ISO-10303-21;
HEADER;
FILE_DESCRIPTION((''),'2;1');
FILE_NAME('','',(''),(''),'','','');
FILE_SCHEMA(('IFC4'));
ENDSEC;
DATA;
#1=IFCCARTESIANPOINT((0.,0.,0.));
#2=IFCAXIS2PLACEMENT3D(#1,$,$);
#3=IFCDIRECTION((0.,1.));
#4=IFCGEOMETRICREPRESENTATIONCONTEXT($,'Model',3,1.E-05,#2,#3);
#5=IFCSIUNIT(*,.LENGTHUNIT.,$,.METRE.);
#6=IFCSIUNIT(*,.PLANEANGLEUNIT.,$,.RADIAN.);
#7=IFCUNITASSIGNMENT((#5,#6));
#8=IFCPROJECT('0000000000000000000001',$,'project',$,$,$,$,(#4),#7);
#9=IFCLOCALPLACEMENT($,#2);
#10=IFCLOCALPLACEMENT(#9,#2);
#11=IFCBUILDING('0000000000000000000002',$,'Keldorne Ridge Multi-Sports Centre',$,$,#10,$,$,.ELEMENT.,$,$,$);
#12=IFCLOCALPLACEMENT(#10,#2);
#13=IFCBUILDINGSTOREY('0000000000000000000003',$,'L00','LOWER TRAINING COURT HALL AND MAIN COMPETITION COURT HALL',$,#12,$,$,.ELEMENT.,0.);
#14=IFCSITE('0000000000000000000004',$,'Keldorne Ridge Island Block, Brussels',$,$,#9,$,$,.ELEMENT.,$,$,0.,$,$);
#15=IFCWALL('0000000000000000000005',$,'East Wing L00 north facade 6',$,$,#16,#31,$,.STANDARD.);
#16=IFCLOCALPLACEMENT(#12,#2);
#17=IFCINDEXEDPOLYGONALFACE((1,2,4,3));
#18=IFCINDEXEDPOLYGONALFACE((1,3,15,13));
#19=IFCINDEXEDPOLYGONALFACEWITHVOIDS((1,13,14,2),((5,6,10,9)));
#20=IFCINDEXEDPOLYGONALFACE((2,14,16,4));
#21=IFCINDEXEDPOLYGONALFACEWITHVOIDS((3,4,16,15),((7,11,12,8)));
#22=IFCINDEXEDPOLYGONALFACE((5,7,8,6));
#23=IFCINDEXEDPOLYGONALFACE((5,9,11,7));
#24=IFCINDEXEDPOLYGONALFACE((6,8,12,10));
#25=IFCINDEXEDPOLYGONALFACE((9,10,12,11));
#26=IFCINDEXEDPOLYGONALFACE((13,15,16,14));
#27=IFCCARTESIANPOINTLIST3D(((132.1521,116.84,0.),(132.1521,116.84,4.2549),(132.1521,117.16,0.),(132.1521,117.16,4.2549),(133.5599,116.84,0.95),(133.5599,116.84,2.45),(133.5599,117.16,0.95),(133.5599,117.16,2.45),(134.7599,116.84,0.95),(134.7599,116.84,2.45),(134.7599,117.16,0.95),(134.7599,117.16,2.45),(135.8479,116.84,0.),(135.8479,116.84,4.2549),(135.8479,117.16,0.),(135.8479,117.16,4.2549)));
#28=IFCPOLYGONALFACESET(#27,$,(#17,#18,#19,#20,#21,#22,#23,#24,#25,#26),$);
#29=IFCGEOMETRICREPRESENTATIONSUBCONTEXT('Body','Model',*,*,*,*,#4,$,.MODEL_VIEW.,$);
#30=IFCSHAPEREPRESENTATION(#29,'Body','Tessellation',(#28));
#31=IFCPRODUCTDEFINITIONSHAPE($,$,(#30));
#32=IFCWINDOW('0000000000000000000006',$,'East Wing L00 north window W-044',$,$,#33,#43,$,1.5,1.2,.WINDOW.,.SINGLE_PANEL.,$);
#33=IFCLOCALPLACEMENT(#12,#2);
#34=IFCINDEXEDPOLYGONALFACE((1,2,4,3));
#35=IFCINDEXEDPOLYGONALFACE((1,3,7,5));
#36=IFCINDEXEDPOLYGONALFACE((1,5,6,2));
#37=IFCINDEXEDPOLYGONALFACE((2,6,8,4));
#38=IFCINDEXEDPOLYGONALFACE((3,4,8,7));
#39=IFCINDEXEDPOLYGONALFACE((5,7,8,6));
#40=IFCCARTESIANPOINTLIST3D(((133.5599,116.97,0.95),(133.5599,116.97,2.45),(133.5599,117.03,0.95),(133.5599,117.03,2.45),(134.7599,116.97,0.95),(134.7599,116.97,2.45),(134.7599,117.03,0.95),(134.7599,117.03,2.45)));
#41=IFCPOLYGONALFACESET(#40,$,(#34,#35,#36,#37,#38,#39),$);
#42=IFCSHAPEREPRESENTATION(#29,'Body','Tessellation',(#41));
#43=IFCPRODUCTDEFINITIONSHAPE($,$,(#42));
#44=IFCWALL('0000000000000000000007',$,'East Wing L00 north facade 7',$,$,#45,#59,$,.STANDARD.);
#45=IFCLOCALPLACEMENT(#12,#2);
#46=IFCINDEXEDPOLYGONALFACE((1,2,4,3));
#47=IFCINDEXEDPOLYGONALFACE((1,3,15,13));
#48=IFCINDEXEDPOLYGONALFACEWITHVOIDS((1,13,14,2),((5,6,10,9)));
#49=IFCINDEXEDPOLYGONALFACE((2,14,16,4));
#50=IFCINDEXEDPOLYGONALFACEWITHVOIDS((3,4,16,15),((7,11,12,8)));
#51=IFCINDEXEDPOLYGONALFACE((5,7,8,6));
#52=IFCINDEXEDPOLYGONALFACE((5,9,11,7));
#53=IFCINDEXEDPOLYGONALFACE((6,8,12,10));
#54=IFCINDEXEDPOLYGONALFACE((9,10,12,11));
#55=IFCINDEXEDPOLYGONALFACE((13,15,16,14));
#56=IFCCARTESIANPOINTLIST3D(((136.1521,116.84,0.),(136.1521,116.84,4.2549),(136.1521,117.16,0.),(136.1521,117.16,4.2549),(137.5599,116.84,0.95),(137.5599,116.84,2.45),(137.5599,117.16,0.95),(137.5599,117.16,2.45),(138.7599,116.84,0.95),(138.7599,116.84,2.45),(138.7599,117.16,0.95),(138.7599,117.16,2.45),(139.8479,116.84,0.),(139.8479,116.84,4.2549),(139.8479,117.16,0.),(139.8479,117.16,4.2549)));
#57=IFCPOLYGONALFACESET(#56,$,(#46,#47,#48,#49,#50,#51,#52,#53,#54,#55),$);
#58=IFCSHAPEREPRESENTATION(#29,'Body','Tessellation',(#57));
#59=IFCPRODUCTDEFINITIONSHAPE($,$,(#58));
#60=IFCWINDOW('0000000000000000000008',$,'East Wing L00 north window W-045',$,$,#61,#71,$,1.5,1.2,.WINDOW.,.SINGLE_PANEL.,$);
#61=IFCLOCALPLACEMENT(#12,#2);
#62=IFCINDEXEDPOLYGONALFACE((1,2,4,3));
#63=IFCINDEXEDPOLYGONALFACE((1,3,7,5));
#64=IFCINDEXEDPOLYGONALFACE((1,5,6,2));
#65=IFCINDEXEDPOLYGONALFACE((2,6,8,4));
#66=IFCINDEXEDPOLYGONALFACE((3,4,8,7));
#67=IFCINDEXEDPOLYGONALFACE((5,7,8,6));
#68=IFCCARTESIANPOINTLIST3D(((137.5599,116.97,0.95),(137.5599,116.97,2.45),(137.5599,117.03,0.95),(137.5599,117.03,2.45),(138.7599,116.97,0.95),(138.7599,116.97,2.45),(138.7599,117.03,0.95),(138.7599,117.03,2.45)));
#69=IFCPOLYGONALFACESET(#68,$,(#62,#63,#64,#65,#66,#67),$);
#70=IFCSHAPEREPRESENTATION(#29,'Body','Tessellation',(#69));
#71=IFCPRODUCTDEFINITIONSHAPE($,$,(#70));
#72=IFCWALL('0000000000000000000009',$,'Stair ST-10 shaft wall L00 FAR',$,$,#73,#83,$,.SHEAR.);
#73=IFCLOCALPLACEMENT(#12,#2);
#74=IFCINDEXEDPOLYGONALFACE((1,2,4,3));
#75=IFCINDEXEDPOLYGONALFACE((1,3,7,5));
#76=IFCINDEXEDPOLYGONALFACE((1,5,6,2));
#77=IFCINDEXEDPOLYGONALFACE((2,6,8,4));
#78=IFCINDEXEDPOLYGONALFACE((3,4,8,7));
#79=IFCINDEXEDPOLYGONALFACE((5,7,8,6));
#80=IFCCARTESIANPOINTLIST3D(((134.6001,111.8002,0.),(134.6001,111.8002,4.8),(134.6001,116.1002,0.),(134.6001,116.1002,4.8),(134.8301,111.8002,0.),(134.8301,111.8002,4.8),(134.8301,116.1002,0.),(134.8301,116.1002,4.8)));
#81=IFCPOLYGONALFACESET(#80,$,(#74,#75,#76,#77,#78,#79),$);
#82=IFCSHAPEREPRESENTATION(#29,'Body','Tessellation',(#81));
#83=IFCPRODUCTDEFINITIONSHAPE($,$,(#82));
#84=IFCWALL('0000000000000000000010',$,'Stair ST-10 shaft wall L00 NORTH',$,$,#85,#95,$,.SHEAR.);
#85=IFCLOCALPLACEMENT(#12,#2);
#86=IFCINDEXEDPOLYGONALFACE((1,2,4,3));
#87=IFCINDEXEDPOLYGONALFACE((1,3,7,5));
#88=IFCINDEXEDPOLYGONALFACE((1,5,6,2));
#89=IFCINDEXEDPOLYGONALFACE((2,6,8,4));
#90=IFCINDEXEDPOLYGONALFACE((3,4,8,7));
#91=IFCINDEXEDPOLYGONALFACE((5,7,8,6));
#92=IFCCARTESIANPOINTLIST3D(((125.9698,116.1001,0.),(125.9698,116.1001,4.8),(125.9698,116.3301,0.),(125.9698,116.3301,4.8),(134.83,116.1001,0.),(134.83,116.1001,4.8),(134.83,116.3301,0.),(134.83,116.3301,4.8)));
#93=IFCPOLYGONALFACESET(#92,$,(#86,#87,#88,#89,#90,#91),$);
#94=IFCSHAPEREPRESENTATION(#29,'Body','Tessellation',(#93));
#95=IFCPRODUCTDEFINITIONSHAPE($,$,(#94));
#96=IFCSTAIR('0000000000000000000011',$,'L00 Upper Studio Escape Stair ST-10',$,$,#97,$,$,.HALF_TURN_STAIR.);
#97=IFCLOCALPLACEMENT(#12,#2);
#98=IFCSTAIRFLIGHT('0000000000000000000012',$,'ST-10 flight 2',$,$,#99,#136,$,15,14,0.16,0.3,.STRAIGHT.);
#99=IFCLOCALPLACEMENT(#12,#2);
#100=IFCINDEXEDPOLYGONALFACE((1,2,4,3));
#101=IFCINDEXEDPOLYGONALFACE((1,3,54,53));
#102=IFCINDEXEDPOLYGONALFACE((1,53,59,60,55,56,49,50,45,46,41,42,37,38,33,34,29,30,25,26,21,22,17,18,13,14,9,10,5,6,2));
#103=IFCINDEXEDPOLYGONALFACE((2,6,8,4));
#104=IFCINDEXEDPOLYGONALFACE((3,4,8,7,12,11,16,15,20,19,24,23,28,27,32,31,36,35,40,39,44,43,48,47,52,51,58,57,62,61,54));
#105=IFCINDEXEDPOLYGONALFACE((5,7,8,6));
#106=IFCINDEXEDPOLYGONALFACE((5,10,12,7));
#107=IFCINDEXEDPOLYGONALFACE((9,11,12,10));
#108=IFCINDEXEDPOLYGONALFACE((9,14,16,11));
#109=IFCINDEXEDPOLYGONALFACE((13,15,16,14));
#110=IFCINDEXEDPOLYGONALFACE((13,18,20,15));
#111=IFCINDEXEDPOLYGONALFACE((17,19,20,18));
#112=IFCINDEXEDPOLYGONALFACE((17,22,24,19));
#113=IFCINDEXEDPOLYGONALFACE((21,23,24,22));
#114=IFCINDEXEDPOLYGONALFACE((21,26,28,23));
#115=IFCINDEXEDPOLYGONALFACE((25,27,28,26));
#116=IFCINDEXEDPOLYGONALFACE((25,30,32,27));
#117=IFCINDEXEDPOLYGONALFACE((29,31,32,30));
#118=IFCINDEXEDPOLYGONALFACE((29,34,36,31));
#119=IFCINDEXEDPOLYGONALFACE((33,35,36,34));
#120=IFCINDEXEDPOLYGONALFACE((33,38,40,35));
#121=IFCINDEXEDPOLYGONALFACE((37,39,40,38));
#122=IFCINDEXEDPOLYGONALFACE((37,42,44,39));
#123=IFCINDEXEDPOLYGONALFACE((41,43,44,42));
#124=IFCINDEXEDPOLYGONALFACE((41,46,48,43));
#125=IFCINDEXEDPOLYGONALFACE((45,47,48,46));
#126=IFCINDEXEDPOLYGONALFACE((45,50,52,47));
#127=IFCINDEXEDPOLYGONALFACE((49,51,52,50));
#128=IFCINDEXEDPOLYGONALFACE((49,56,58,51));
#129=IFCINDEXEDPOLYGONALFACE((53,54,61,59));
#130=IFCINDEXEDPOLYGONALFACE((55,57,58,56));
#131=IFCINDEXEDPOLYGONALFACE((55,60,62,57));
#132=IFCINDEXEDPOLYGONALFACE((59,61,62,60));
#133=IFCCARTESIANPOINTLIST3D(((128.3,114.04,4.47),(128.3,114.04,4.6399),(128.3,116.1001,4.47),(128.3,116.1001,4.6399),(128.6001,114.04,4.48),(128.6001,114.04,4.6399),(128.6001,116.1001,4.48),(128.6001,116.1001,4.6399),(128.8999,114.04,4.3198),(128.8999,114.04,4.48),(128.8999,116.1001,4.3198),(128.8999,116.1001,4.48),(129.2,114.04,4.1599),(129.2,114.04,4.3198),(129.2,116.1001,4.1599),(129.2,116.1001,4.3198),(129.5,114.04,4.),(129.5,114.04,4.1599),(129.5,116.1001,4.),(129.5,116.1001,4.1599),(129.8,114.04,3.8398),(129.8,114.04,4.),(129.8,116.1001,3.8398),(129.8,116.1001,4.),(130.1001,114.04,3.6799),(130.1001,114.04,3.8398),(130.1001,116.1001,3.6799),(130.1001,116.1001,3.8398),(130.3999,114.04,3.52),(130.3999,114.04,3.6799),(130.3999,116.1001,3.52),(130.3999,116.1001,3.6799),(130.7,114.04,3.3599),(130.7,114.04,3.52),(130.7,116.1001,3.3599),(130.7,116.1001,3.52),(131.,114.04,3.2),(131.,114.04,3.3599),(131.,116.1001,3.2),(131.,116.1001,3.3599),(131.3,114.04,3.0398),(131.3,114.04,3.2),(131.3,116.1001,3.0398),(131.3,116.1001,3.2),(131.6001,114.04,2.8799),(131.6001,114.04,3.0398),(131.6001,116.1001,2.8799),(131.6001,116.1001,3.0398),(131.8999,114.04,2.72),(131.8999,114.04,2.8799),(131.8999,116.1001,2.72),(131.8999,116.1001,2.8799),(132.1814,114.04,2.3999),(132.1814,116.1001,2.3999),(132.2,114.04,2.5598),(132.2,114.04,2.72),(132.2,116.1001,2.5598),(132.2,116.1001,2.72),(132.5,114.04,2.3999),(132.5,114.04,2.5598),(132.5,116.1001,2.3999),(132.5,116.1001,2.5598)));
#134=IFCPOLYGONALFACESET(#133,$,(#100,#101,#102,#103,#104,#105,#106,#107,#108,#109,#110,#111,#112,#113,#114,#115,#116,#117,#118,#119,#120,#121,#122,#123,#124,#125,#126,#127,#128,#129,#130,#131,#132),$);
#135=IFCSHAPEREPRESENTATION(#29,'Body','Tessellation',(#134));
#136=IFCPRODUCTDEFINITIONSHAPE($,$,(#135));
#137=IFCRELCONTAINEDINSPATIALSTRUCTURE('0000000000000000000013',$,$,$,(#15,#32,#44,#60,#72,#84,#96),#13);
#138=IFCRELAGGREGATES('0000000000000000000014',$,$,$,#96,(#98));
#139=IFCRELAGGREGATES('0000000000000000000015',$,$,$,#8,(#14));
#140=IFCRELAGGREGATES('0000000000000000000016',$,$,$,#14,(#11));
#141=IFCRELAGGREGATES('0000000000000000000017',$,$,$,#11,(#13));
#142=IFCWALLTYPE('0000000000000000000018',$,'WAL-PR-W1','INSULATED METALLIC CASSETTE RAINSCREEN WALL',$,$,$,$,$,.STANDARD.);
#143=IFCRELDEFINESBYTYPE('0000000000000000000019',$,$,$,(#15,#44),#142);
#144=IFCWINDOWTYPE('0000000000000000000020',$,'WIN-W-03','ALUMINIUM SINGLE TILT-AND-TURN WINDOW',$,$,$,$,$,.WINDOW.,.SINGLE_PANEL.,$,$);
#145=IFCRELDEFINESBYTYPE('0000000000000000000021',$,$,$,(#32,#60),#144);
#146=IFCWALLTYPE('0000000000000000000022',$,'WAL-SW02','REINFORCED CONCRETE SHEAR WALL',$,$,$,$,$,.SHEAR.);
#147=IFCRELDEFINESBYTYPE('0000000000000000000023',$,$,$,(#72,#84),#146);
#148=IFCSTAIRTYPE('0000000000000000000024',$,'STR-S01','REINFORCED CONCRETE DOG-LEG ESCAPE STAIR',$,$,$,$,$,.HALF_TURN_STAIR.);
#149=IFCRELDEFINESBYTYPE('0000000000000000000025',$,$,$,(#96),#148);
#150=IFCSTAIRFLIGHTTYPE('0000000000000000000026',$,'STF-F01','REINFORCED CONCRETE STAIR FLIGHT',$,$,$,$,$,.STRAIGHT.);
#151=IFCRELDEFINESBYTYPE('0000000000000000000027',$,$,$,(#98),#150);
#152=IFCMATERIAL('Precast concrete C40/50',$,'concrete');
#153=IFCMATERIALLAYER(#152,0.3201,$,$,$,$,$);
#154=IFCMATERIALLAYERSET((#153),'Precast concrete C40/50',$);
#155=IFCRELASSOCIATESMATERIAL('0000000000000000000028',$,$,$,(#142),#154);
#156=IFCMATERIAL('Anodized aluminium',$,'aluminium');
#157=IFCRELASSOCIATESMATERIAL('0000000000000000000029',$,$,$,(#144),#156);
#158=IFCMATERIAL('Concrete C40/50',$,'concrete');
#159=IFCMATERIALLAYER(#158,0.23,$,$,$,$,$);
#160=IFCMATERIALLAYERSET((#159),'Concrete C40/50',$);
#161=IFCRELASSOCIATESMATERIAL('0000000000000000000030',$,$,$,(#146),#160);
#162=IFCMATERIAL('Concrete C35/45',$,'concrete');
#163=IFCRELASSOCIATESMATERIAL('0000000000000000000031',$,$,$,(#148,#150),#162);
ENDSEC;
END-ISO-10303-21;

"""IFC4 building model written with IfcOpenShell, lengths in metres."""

from ifc_helpers import new_model, si_unit, direction, frame, frame_2d, origin, place, context, subcontext, project, spatial, polyline, rectangle, outline, extrude, material, layer, layer_set, type_object, element, fill, aggregate, save


model = new_model("IFC4")

# Units and contexts
model_context = context("Model", 3, precision=1e-05, world=origin(), true_north=direction((0.0, 1.0)))
body_context = subcontext(model_context, "Body", "Model", "MODEL_VIEW")
ifc_project = project(units=[si_unit("LENGTHUNIT", "METRE"), si_unit("PLANEANGLEUNIT", "RADIAN")], contexts=[model_context])

# Site, building, storey
site_placement = place(None, origin())
site = spatial("IfcSite", under=ifc_project, at=site_placement, Name="Keldorne Ridge Island Block, Brussels", CompositionType="ELEMENT", RefElevation=0.0)
building_placement = place(site_placement, origin())
building = spatial("IfcBuilding", under=site, at=building_placement, Name="Keldorne Ridge Multi-Sports Centre", CompositionType="ELEMENT")
storey_placement = place(building_placement, origin())
storey = spatial("IfcBuildingStorey", under=building, at=storey_placement, Name="L00", Description="LOWER TRAINING COURT HALL AND MAIN COMPETITION COURT HALL", CompositionType="ELEMENT", Elevation=0.0)

# Walls, openings, windows
ifc_material_1 = material(Name="Precast concrete C40/50", Category="concrete")
ifc_layer_1 = layer(ifc_material_1, 0.3201)
ifc_layer_set_1 = layer_set([ifc_layer_1], Name="Precast concrete C40/50")
wall_type_1 = type_object("IfcWallType", Name="WAL-PR-W1", Description="INSULATED METALLIC CASSETTE RAINSCREEN WALL", PredefinedType="STANDARD", material=ifc_layer_set_1)
wall_1_placement = place(storey_placement, frame((135.8479, 117.0, 0.0), z_axis=(0.0, 0.0, 1.0), x_axis=(-1.0, 0.0, 0.0)))
wall_1 = element("IfcWall", 1, at=wall_1_placement, inside=storey, type_object=wall_type_1, Name="East Wing L00 north facade 6", PredefinedType="STANDARD", context=body_context, shape_type="SweptSolid", body=[
    extrude(rectangle(XDim=3.6958, YDim=0.3201, at=frame_2d((1.8479, 0.0))), origin(), (0.0, 0.0, 1.0), 4.2549),
])
opening_1_placement = place(wall_1_placement, frame((1.0879, 0.0, 0.95)))
opening_1 = element("IfcOpeningElement", 2, at=opening_1_placement, cuts=wall_1, PredefinedType="OPENING", context=body_context, shape_type="SweptSolid", body=[
    extrude(rectangle(XDim=1.2, YDim=1.5, at=frame_2d((0.6001, 0.75))), frame((0.0, 0.1699, 0.0), z_axis=(0.0, -1.0, 0.0), x_axis=(1.0, 0.0, 0.0)), (0.0, 0.0, 1.0), 0.3401),
])
ifc_material_2 = material(Name="Anodized aluminium", Category="aluminium")
window_type = type_object("IfcWindowType", Name="WIN-W-03", Description="ALUMINIUM SINGLE TILT-AND-TURN WINDOW", PartitioningType="SINGLE_PANEL", PredefinedType="WINDOW", material=ifc_material_2)
window_1_placement = place(opening_1_placement, origin())
window_1 = element("IfcWindow", 3, at=window_1_placement, inside=storey, type_object=window_type, Name="East Wing L00 north window W-044", OverallHeight=1.5, OverallWidth=1.2, PartitioningType="SINGLE_PANEL", PredefinedType="WINDOW", context=body_context, shape_type="SweptSolid", body=[
    extrude(rectangle(XDim=1.2, YDim=1.5, at=frame_2d((0.6001, 0.75))), frame((0.0, 0.03, 0.0), z_axis=(0.0, -1.0, 0.0), x_axis=(1.0, 0.0, 0.0)), (0.0, 0.0, 1.0), 0.0601),
])
fill(opening_1, window_1)
wall_2_placement = place(storey_placement, frame((139.8479, 117.0, 0.0), z_axis=(0.0, 0.0, 1.0), x_axis=(-1.0, 0.0, 0.0)))
wall_2 = element("IfcWall", 4, at=wall_2_placement, inside=storey, type_object=wall_type_1, Name="East Wing L00 north facade 7", PredefinedType="STANDARD", context=body_context, shape_type="SweptSolid", body=[
    extrude(rectangle(XDim=3.6958, YDim=0.3201, at=frame_2d((1.8479, 0.0))), origin(), (0.0, 0.0, 1.0), 4.2549),
])
opening_2_placement = place(wall_2_placement, frame((1.0879, 0.0, 0.95)))
opening_2 = element("IfcOpeningElement", 5, at=opening_2_placement, cuts=wall_2, PredefinedType="OPENING", context=body_context, shape_type="SweptSolid", body=[
    extrude(rectangle(XDim=1.2, YDim=1.5, at=frame_2d((0.6001, 0.75))), frame((0.0, 0.1699, 0.0), z_axis=(0.0, -1.0, 0.0), x_axis=(1.0, 0.0, 0.0)), (0.0, 0.0, 1.0), 0.3401),
])
window_2_placement = place(opening_2_placement, origin())
window_2 = element("IfcWindow", 6, at=window_2_placement, inside=storey, type_object=window_type, Name="East Wing L00 north window W-045", OverallHeight=1.5, OverallWidth=1.2, PartitioningType="SINGLE_PANEL", PredefinedType="WINDOW", context=body_context, shape_type="SweptSolid", body=[
    extrude(rectangle(XDim=1.2, YDim=1.5, at=frame_2d((0.6001, 0.75))), frame((0.0, 0.03, 0.0), z_axis=(0.0, -1.0, 0.0), x_axis=(1.0, 0.0, 0.0)), (0.0, 0.0, 1.0), 0.0601),
])
fill(opening_2, window_2)

# Walls
ifc_material_3 = material(Name="Concrete C40/50", Category="concrete")
ifc_layer_2 = layer(ifc_material_3, 0.23)
ifc_layer_set_2 = layer_set([ifc_layer_2], Name="Concrete C40/50")
wall_type_2 = type_object("IfcWallType", Name="WAL-SW02", Description="REINFORCED CONCRETE SHEAR WALL", PredefinedType="SHEAR", material=ifc_layer_set_2)
wall_3_placement = place(storey_placement, frame((134.7151, 116.1001, 0.0), z_axis=(0.0, 0.0, 1.0), x_axis=(0.0, -1.0, 0.0)))
element("IfcWall", 7, at=wall_3_placement, inside=storey, type_object=wall_type_2, Name="Stair ST-10 shaft wall L00 FAR", PredefinedType="SHEAR", context=body_context, shape_type="SweptSolid", body=[
    extrude(rectangle(XDim=4.3, YDim=0.23, at=frame_2d((2.1499, 0.0))), origin(), (0.0, 0.0, 1.0), 4.8),
])
wall_4_placement = place(storey_placement, frame((134.8301, 116.2151, 0.0), z_axis=(0.0, 0.0, 1.0), x_axis=(-1.0, 0.0, 0.0)))
element("IfcWall", 8, at=wall_4_placement, inside=storey, type_object=wall_type_2, Name="Stair ST-10 shaft wall L00 NORTH", PredefinedType="SHEAR", context=body_context, shape_type="SweptSolid", body=[
    extrude(rectangle(XDim=8.8601, YDim=0.23, at=frame_2d((4.4302, 0.0))), origin(), (0.0, 0.0, 1.0), 4.8),
])

# Stair, stair flight
ifc_material_4 = material(Name="Concrete C35/45", Category="concrete")
stair_type = type_object("IfcStairType", Name="STR-S01", Description="REINFORCED CONCRETE DOG-LEG ESCAPE STAIR", PredefinedType="HALF_TURN_STAIR", material=ifc_material_4)
stair_placement = place(storey_placement, origin())
stair = element("IfcStair", 9, at=stair_placement, inside=storey, type_object=stair_type, Name="L00 Upper Studio Escape Stair ST-10", PredefinedType="HALF_TURN_STAIR")
stair_flight_type = type_object("IfcStairFlightType", Name="STF-F01", Description="REINFORCED CONCRETE STAIR FLIGHT", PredefinedType="STRAIGHT", material=ifc_material_4)
stair_flight_placement = place(storey_placement, frame((132.5, 115.0701, 2.3999), z_axis=(0.0, 0.0, 1.0), x_axis=(-1.0, 0.0, 0.0)))
stair_flight = element("IfcStairFlight", 10, at=stair_flight_placement, type_object=stair_flight_type, Name="ST-10 flight 2", NumberOfRisers=15, NumberOfTreads=14, PredefinedType="STRAIGHT", RiserHeight=0.16, TreadLength=0.3, context=body_context, shape_type="SweptSolid", body=[
    extrude(outline(polyline([(0.0, 0.0), (0.0, 0.1599), (0.3, 0.1599), (0.3, 0.3201), (0.6001, 0.3201), (0.6001, 0.48), (0.8999, 0.48), (0.8999, 0.6399), (1.2, 0.6399), (1.2, 0.8), (1.5, 0.8), (1.5, 0.96), (1.8, 0.96), (1.8, 1.1201), (2.1001, 1.1201), (2.1001, 1.28), (2.3999, 1.28), (2.3999, 1.4399), (2.7, 1.4399), (2.7, 1.6001), (3.0, 1.6001), (3.0, 1.76), (3.3, 1.76), (3.3, 1.9199), (3.6001, 1.9199), (3.6001, 2.0801), (3.8999, 2.0801), (3.8999, 2.24), (4.2, 2.24), (4.2, 2.3999), (4.2, 2.0701), (0.3186, 0.0), (0.0, 0.0)])), frame((0.0, 1.03, 0.0), z_axis=(0.0, -1.0, 0.0), x_axis=(1.0, 0.0, 0.0)), (0.0, 0.0, 1.0), 2.0601),
])
aggregate(stair, [stair_flight])

save(model, "model.ifc")
